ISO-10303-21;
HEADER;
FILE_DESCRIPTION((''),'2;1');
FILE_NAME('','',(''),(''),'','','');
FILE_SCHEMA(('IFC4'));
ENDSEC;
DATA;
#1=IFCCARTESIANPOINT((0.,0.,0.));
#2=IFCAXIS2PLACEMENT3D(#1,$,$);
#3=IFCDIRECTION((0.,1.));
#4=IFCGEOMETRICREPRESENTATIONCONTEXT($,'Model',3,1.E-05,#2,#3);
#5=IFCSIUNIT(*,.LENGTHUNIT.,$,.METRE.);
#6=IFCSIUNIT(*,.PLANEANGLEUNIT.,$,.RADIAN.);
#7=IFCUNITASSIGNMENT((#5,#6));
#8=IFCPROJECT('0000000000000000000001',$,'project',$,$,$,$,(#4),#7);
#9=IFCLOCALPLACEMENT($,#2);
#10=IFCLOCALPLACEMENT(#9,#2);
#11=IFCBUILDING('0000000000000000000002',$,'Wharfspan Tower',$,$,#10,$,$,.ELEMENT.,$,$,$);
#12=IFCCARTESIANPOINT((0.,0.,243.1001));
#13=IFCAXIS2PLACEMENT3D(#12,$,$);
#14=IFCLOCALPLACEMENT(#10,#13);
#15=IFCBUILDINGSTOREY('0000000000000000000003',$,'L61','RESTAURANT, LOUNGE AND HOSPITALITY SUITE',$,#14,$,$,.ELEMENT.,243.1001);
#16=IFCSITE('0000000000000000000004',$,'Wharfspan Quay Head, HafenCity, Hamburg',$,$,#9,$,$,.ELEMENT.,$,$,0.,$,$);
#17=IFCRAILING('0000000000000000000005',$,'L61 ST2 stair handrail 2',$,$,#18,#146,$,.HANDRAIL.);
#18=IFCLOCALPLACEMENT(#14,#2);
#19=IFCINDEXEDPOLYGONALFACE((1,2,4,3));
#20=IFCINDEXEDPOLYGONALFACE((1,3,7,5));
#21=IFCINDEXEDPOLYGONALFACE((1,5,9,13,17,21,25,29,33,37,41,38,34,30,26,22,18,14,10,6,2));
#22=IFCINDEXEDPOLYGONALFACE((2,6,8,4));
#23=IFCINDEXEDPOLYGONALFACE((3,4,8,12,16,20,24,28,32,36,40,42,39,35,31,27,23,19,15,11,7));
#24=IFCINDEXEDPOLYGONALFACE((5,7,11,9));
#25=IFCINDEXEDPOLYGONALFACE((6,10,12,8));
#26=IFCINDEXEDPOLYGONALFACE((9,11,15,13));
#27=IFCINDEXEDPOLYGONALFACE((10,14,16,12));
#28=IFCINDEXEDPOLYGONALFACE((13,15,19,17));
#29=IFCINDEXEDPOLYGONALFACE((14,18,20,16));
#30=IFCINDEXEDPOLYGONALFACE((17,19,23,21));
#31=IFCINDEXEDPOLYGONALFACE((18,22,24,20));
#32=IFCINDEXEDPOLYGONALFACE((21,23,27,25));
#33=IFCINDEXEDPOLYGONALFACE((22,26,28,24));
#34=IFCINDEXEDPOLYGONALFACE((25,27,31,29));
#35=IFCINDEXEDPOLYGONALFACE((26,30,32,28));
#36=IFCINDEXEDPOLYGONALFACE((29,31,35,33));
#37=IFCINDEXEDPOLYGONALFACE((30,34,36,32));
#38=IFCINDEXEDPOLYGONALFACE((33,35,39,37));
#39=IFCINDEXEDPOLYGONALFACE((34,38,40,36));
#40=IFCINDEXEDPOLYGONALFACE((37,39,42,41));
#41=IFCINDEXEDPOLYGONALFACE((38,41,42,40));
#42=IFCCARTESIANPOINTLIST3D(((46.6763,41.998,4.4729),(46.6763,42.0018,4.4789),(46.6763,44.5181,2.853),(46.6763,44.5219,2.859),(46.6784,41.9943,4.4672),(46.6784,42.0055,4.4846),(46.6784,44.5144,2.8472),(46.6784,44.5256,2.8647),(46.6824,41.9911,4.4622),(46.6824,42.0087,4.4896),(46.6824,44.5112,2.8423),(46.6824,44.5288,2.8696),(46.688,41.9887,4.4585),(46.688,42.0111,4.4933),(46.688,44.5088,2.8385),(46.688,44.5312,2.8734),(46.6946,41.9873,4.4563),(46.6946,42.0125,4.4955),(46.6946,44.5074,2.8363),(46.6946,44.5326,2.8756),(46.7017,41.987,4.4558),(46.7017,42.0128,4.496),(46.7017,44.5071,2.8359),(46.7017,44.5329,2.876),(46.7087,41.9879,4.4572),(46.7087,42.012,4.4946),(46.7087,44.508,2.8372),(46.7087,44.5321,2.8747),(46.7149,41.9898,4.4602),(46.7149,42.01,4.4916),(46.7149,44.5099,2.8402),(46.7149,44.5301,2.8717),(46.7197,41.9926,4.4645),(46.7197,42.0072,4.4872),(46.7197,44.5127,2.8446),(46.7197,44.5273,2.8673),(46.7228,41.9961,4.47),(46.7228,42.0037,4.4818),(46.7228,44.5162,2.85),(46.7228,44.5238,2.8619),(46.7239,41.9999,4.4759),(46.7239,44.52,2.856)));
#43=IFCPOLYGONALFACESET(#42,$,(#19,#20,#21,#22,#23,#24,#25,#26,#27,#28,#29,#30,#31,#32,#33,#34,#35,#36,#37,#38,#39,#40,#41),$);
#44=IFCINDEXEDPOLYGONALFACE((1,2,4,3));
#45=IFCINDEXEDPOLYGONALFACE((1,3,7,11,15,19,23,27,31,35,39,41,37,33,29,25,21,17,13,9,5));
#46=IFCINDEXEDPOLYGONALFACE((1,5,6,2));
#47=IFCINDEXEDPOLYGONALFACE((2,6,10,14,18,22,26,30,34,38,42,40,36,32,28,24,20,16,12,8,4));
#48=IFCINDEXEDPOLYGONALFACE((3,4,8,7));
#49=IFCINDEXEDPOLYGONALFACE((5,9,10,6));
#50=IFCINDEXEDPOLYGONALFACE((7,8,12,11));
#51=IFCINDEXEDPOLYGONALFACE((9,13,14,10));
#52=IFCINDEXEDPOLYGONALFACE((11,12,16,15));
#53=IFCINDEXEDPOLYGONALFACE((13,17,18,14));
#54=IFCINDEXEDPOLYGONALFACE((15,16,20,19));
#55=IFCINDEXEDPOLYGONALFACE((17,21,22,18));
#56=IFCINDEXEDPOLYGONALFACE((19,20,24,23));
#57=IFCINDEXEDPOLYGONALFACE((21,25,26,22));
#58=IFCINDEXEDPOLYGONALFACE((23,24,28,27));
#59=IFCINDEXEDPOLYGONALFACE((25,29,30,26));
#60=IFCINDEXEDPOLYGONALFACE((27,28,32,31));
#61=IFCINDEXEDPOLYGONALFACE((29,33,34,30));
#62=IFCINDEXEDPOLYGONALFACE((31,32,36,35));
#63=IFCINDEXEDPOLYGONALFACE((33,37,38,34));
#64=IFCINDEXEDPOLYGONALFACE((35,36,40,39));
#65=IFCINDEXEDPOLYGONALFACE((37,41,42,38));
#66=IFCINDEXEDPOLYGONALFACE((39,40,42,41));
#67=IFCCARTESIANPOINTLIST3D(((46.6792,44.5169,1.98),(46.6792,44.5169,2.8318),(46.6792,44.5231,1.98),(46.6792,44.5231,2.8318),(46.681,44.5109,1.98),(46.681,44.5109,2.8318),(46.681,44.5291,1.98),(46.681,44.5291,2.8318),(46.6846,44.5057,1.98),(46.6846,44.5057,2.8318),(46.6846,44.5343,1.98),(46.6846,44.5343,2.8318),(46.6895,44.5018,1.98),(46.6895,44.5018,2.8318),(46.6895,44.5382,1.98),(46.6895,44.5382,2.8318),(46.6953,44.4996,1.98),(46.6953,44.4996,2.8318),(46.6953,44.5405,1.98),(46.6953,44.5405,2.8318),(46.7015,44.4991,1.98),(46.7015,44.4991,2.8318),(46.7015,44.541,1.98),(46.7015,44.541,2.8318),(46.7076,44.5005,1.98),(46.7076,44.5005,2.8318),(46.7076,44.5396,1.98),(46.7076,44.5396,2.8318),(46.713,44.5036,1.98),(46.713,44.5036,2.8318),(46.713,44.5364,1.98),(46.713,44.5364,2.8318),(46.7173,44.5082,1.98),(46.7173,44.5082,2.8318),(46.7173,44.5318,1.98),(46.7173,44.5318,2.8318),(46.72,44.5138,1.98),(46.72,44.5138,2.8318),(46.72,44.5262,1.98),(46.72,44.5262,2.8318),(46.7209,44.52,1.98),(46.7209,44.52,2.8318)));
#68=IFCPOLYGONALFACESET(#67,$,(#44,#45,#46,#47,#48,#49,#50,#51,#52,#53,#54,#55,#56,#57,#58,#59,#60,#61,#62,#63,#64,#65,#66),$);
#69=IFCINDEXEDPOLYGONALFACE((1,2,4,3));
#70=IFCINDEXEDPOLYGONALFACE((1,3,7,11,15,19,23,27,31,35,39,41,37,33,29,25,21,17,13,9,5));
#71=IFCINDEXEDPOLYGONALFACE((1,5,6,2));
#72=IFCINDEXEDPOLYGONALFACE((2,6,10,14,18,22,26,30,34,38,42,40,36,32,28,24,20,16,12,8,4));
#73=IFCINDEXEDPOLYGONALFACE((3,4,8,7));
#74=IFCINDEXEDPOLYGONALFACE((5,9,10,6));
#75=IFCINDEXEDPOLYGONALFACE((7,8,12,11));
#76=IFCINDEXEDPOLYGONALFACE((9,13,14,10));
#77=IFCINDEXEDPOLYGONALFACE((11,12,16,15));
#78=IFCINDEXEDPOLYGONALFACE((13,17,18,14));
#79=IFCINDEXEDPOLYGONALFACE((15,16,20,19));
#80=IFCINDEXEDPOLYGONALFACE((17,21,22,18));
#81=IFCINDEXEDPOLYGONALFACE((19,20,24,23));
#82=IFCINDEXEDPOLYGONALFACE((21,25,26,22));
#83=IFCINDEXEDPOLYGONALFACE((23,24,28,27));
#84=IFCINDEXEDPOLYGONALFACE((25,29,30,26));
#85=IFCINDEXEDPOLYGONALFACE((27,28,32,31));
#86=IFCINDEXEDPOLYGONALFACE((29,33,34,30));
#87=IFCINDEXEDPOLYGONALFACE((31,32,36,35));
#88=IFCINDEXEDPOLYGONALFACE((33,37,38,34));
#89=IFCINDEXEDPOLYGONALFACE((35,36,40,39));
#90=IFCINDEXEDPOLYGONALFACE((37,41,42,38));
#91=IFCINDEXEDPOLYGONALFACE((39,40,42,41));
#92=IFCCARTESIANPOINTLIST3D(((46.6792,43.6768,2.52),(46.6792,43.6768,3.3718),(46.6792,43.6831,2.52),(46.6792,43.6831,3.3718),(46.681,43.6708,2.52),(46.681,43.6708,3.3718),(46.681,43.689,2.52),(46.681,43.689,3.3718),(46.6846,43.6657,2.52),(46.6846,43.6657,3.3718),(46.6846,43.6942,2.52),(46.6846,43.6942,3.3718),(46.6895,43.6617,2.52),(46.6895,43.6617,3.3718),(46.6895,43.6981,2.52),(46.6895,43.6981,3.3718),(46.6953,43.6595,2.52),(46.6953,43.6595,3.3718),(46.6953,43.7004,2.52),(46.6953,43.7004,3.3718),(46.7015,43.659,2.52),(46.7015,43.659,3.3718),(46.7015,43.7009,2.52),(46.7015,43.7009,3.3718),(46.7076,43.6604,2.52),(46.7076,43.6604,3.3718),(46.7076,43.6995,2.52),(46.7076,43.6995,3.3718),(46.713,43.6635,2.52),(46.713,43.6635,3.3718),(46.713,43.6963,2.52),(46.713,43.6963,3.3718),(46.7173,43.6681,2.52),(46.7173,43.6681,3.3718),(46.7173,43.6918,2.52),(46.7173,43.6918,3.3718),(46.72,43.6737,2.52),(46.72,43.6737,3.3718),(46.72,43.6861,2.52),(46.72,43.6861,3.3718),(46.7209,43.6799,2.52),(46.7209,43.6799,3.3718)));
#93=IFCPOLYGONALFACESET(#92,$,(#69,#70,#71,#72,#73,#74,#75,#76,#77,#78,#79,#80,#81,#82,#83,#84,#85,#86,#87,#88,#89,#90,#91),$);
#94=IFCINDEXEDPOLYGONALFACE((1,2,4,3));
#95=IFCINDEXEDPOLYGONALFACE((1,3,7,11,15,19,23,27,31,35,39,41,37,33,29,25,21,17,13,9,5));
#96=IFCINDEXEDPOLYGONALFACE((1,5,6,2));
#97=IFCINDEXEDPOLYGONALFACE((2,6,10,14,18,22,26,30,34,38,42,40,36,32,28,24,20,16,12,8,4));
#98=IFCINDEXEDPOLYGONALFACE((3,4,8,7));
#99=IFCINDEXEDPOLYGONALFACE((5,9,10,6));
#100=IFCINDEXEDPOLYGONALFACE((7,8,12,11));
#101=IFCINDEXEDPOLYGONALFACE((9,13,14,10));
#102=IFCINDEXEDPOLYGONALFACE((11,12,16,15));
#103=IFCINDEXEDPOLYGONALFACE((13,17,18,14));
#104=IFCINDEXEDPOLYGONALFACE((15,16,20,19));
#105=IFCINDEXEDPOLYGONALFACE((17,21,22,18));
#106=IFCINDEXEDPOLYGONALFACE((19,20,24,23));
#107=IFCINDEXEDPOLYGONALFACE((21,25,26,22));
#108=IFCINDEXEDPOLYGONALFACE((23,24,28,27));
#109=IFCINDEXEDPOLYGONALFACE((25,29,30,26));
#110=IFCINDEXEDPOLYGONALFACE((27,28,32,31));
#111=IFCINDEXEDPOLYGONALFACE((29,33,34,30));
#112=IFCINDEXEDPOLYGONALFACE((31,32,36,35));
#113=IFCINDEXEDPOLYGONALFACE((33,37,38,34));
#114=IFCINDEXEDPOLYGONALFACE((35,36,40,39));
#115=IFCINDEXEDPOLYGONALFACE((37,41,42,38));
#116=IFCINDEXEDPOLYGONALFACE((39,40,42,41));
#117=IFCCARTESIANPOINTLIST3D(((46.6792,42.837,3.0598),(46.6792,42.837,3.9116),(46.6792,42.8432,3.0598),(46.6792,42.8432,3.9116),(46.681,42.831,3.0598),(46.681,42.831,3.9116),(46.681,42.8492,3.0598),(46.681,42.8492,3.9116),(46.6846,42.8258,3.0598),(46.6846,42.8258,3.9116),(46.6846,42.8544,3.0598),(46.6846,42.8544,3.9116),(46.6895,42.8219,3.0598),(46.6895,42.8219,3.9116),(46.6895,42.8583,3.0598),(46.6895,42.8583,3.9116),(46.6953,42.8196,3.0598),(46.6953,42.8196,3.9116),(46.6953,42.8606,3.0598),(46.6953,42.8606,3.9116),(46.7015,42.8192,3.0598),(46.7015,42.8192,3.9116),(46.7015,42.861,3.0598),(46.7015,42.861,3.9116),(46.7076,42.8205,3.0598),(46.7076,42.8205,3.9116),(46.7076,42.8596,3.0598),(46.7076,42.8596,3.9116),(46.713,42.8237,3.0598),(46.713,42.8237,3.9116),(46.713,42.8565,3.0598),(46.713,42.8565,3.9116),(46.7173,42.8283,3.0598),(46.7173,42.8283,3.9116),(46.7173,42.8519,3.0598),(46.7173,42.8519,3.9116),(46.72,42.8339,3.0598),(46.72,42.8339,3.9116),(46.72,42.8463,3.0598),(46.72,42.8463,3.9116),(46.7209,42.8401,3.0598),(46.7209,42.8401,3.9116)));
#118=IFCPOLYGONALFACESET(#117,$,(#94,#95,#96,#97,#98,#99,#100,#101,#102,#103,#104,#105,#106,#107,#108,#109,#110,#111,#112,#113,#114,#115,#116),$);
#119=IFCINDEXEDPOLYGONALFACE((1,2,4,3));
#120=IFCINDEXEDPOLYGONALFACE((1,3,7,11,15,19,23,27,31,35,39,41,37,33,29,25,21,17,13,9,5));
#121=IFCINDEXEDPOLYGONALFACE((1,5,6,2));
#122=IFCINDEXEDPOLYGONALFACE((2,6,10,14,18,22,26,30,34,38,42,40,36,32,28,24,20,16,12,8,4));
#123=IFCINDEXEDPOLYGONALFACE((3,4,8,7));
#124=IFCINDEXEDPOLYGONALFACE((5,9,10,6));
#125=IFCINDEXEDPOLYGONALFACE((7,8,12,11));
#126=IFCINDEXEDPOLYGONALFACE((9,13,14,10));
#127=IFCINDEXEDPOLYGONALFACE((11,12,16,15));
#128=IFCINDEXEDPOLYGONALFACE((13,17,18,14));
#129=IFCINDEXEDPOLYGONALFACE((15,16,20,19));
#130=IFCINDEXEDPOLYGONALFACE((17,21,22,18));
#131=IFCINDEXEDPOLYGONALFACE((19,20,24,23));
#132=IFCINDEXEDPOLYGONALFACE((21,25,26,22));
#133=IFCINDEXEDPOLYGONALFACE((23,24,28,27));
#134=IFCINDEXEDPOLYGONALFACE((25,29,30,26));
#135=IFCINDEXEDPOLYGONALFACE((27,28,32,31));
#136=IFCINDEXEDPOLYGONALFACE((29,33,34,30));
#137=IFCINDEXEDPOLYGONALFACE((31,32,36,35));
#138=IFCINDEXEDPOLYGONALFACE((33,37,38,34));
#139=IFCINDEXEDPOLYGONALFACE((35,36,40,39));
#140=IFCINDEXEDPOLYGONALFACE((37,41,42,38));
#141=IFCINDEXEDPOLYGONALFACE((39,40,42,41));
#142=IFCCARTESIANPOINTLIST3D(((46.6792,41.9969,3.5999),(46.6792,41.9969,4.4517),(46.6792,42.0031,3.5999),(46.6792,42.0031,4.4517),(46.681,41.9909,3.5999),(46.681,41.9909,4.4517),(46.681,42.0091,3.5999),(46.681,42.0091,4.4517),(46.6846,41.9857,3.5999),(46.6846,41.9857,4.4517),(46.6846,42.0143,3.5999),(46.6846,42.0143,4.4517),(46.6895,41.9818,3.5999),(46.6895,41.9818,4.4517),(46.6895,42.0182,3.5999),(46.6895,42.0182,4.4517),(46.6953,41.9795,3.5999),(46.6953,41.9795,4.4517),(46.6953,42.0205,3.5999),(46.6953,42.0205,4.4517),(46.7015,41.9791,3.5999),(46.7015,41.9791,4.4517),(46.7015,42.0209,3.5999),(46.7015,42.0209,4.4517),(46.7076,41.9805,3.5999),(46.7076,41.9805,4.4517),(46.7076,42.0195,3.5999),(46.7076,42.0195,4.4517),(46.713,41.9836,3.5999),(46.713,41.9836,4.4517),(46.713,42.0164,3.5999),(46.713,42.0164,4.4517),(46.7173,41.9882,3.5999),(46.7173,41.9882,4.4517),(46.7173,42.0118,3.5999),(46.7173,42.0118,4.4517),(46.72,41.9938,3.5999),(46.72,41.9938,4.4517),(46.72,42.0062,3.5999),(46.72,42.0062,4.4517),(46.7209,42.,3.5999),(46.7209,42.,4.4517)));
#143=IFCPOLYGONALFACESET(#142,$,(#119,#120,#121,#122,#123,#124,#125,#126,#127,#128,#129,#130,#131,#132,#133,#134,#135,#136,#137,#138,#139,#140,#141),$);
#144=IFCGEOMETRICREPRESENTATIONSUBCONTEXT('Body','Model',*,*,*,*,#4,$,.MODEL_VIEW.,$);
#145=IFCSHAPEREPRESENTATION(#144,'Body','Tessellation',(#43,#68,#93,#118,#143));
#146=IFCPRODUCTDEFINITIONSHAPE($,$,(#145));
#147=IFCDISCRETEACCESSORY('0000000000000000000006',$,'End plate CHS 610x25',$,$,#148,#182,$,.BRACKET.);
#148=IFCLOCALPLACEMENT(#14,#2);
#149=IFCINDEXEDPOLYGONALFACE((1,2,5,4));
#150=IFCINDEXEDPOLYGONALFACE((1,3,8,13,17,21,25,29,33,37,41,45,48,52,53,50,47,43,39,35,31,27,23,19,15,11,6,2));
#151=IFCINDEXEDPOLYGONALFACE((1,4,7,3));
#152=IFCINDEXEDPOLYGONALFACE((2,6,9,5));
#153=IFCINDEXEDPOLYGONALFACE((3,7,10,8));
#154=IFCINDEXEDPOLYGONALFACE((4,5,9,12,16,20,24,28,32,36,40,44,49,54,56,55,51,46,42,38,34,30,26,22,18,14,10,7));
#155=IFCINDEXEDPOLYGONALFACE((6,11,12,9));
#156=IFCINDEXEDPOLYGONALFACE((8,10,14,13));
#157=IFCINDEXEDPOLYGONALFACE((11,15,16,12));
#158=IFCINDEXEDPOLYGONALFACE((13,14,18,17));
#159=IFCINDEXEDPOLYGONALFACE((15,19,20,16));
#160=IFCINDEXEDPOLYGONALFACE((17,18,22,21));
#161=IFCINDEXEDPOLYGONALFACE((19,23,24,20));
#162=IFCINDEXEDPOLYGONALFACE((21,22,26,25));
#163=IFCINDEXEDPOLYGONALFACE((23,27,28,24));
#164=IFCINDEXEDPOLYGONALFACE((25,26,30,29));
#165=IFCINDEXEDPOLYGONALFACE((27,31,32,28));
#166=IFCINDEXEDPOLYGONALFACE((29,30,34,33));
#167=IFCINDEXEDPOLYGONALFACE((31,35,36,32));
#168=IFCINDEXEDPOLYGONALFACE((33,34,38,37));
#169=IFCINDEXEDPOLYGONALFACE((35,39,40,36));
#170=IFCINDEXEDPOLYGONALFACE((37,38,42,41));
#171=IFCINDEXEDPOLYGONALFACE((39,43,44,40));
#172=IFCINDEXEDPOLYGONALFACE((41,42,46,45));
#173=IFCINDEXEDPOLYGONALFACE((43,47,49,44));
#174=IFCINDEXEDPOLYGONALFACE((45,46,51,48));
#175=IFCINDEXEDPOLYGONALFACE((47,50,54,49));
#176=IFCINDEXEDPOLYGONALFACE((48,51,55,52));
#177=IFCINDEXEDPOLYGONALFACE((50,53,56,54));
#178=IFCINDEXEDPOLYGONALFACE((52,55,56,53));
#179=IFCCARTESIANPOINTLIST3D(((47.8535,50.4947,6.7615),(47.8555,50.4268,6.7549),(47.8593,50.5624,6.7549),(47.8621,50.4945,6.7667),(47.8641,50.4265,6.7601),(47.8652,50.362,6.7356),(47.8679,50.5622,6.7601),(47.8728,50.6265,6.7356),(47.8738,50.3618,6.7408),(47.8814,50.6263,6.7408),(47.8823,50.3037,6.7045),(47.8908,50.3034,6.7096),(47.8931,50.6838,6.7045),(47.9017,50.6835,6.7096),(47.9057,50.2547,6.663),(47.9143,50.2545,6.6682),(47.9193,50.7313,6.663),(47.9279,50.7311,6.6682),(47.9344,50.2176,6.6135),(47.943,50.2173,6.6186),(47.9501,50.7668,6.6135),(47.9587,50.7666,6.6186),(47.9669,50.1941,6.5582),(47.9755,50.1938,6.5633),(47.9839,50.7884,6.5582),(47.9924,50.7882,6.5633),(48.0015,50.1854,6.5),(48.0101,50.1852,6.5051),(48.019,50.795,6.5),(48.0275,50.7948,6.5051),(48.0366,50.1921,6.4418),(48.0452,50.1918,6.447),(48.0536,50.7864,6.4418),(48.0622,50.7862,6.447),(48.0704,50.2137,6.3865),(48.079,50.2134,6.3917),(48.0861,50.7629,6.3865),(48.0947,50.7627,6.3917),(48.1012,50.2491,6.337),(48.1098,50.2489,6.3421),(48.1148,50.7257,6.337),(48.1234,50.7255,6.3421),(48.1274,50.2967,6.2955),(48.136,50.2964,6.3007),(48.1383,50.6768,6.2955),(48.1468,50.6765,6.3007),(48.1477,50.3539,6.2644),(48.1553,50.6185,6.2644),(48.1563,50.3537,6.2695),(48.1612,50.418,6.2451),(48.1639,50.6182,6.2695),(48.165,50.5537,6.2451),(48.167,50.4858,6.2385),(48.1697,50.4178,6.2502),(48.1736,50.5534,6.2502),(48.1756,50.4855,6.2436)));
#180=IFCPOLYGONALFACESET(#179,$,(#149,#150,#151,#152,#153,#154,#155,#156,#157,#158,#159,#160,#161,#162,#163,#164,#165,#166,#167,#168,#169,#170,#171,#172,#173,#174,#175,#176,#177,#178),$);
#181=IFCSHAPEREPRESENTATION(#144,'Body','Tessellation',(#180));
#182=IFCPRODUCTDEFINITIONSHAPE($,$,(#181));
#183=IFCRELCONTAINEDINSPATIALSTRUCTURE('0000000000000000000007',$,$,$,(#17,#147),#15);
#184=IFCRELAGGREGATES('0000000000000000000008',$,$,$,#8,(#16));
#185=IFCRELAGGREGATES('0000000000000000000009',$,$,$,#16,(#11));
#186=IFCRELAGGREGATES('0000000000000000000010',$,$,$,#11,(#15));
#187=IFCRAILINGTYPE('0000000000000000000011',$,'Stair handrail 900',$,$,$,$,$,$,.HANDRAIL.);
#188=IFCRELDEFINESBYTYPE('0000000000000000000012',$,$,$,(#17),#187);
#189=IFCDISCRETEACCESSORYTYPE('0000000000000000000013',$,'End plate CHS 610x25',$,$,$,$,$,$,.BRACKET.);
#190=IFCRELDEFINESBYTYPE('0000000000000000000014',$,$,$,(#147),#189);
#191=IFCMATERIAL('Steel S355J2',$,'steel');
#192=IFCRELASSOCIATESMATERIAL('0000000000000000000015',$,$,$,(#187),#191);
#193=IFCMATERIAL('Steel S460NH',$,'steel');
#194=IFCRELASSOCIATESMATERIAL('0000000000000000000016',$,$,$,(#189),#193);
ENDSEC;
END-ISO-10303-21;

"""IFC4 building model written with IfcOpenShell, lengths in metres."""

from ifc_helpers import new_model, si_unit, direction, frame, origin, origin_2d, place, context, subcontext, project, spatial, circle, extrude, material, material_profile, profile_set, type_object, element, save


model = new_model("IFC4")

# Units and contexts
model_context = context("Model", 3, precision=1e-05, world=origin(), true_north=direction((0.0, 1.0)))
body_context = subcontext(model_context, "Body", "Model", "MODEL_VIEW")
ifc_project = project(units=[si_unit("LENGTHUNIT", "METRE"), si_unit("PLANEANGLEUNIT", "RADIAN")], contexts=[model_context])

# Site, building, storey
site_placement = place(None, origin())
site = spatial("IfcSite", under=ifc_project, at=site_placement, Name="Wharfspan Quay Head, HafenCity, Hamburg", CompositionType="ELEMENT", RefElevation=0.0)
building_placement = place(site_placement, origin())
building = spatial("IfcBuilding", under=site, at=building_placement, Name="Wharfspan Tower", CompositionType="ELEMENT")
storey_placement = place(building_placement, frame((0.0, 0.0, 243.1001)))
storey = spatial("IfcBuildingStorey", under=building, at=storey_placement, Name="L61", Description="RESTAURANT, LOUNGE AND HOSPITALITY SUITE", CompositionType="ELEMENT", Elevation=243.1001)

# Shared definitions
ifc_material_1 = material(Name="Steel S355J2", Category="steel")

# Shared definitions
ifc_material_2 = material(Name="Steel S460NH", Category="steel")

# Railing
railing_type_1 = type_object("IfcRailingType", Name="Stair handrail 900", PredefinedType="HANDRAIL", material=ifc_material_1)
railing_1_placement = place(storey_placement, frame((46.7, 44.52, 1.98)))
element("IfcRailing", 1, at=railing_1_placement, inside=storey, type_object=railing_type_1, Name="L61 ST2 stair handrail 2", PredefinedType="HANDRAIL", context=body_context, shape_type="SweptSolid", body=[
    extrude(circle(Radius=0.0239, at=origin_2d()), frame((0.0, 0.0, 0.876), z_axis=(0.0, -0.8412, 0.540725), x_axis=(1.0, 0.0, 0.0)), (0.0, 0.0, 1.0), 2.9958),
    extrude(circle(Radius=0.021, at=origin_2d()), origin(), (0.0, 0.0, 1.0), 0.8518),
    extrude(circle(Radius=0.021, at=origin_2d()), frame((0.0, -0.8401, 0.54)), (0.0, 0.0, 1.0), 0.8518),
    extrude(circle(Radius=0.021, at=origin_2d()), frame((0.0, -1.6799, 1.0798)), (0.0, 0.0, 1.0), 0.8518),
    extrude(circle(Radius=0.021, at=origin_2d()), frame((0.0, -2.52, 1.6199)), (0.0, 0.0, 1.0), 0.8518),
])

# Discrete accessory
ifc_material_profile_1 = material_profile(ifc_material_2, circle(Radius=0.3049, at=origin_2d()))
ifc_profile_set_1 = profile_set([ifc_material_profile_1], Name="Steel S460NH")
discrete_accessory_type = type_object("IfcDiscreteAccessoryType", Name="End plate CHS 610x25", PredefinedType="BRACKET", material=ifc_profile_set_1)
discrete_accessory_placement = place(storey_placement, frame((48.0103, 50.4902, 6.5), z_axis=(0.857236, -0.024492, 0.514341), x_axis=(0.028558, 0.999591, 0.000002)))
element("IfcDiscreteAccessory", 2, at=discrete_accessory_placement, inside=storey, type_object=discrete_accessory_type, Name="End plate CHS 610x25", PredefinedType="BRACKET", context=body_context, shape_type="SweptSolid", body=[
    extrude(circle(Radius=0.3049, at=origin_2d()), origin(), (0.0, 0.0, 1.0), 0.01),
])

save(model, "model.ifc")
